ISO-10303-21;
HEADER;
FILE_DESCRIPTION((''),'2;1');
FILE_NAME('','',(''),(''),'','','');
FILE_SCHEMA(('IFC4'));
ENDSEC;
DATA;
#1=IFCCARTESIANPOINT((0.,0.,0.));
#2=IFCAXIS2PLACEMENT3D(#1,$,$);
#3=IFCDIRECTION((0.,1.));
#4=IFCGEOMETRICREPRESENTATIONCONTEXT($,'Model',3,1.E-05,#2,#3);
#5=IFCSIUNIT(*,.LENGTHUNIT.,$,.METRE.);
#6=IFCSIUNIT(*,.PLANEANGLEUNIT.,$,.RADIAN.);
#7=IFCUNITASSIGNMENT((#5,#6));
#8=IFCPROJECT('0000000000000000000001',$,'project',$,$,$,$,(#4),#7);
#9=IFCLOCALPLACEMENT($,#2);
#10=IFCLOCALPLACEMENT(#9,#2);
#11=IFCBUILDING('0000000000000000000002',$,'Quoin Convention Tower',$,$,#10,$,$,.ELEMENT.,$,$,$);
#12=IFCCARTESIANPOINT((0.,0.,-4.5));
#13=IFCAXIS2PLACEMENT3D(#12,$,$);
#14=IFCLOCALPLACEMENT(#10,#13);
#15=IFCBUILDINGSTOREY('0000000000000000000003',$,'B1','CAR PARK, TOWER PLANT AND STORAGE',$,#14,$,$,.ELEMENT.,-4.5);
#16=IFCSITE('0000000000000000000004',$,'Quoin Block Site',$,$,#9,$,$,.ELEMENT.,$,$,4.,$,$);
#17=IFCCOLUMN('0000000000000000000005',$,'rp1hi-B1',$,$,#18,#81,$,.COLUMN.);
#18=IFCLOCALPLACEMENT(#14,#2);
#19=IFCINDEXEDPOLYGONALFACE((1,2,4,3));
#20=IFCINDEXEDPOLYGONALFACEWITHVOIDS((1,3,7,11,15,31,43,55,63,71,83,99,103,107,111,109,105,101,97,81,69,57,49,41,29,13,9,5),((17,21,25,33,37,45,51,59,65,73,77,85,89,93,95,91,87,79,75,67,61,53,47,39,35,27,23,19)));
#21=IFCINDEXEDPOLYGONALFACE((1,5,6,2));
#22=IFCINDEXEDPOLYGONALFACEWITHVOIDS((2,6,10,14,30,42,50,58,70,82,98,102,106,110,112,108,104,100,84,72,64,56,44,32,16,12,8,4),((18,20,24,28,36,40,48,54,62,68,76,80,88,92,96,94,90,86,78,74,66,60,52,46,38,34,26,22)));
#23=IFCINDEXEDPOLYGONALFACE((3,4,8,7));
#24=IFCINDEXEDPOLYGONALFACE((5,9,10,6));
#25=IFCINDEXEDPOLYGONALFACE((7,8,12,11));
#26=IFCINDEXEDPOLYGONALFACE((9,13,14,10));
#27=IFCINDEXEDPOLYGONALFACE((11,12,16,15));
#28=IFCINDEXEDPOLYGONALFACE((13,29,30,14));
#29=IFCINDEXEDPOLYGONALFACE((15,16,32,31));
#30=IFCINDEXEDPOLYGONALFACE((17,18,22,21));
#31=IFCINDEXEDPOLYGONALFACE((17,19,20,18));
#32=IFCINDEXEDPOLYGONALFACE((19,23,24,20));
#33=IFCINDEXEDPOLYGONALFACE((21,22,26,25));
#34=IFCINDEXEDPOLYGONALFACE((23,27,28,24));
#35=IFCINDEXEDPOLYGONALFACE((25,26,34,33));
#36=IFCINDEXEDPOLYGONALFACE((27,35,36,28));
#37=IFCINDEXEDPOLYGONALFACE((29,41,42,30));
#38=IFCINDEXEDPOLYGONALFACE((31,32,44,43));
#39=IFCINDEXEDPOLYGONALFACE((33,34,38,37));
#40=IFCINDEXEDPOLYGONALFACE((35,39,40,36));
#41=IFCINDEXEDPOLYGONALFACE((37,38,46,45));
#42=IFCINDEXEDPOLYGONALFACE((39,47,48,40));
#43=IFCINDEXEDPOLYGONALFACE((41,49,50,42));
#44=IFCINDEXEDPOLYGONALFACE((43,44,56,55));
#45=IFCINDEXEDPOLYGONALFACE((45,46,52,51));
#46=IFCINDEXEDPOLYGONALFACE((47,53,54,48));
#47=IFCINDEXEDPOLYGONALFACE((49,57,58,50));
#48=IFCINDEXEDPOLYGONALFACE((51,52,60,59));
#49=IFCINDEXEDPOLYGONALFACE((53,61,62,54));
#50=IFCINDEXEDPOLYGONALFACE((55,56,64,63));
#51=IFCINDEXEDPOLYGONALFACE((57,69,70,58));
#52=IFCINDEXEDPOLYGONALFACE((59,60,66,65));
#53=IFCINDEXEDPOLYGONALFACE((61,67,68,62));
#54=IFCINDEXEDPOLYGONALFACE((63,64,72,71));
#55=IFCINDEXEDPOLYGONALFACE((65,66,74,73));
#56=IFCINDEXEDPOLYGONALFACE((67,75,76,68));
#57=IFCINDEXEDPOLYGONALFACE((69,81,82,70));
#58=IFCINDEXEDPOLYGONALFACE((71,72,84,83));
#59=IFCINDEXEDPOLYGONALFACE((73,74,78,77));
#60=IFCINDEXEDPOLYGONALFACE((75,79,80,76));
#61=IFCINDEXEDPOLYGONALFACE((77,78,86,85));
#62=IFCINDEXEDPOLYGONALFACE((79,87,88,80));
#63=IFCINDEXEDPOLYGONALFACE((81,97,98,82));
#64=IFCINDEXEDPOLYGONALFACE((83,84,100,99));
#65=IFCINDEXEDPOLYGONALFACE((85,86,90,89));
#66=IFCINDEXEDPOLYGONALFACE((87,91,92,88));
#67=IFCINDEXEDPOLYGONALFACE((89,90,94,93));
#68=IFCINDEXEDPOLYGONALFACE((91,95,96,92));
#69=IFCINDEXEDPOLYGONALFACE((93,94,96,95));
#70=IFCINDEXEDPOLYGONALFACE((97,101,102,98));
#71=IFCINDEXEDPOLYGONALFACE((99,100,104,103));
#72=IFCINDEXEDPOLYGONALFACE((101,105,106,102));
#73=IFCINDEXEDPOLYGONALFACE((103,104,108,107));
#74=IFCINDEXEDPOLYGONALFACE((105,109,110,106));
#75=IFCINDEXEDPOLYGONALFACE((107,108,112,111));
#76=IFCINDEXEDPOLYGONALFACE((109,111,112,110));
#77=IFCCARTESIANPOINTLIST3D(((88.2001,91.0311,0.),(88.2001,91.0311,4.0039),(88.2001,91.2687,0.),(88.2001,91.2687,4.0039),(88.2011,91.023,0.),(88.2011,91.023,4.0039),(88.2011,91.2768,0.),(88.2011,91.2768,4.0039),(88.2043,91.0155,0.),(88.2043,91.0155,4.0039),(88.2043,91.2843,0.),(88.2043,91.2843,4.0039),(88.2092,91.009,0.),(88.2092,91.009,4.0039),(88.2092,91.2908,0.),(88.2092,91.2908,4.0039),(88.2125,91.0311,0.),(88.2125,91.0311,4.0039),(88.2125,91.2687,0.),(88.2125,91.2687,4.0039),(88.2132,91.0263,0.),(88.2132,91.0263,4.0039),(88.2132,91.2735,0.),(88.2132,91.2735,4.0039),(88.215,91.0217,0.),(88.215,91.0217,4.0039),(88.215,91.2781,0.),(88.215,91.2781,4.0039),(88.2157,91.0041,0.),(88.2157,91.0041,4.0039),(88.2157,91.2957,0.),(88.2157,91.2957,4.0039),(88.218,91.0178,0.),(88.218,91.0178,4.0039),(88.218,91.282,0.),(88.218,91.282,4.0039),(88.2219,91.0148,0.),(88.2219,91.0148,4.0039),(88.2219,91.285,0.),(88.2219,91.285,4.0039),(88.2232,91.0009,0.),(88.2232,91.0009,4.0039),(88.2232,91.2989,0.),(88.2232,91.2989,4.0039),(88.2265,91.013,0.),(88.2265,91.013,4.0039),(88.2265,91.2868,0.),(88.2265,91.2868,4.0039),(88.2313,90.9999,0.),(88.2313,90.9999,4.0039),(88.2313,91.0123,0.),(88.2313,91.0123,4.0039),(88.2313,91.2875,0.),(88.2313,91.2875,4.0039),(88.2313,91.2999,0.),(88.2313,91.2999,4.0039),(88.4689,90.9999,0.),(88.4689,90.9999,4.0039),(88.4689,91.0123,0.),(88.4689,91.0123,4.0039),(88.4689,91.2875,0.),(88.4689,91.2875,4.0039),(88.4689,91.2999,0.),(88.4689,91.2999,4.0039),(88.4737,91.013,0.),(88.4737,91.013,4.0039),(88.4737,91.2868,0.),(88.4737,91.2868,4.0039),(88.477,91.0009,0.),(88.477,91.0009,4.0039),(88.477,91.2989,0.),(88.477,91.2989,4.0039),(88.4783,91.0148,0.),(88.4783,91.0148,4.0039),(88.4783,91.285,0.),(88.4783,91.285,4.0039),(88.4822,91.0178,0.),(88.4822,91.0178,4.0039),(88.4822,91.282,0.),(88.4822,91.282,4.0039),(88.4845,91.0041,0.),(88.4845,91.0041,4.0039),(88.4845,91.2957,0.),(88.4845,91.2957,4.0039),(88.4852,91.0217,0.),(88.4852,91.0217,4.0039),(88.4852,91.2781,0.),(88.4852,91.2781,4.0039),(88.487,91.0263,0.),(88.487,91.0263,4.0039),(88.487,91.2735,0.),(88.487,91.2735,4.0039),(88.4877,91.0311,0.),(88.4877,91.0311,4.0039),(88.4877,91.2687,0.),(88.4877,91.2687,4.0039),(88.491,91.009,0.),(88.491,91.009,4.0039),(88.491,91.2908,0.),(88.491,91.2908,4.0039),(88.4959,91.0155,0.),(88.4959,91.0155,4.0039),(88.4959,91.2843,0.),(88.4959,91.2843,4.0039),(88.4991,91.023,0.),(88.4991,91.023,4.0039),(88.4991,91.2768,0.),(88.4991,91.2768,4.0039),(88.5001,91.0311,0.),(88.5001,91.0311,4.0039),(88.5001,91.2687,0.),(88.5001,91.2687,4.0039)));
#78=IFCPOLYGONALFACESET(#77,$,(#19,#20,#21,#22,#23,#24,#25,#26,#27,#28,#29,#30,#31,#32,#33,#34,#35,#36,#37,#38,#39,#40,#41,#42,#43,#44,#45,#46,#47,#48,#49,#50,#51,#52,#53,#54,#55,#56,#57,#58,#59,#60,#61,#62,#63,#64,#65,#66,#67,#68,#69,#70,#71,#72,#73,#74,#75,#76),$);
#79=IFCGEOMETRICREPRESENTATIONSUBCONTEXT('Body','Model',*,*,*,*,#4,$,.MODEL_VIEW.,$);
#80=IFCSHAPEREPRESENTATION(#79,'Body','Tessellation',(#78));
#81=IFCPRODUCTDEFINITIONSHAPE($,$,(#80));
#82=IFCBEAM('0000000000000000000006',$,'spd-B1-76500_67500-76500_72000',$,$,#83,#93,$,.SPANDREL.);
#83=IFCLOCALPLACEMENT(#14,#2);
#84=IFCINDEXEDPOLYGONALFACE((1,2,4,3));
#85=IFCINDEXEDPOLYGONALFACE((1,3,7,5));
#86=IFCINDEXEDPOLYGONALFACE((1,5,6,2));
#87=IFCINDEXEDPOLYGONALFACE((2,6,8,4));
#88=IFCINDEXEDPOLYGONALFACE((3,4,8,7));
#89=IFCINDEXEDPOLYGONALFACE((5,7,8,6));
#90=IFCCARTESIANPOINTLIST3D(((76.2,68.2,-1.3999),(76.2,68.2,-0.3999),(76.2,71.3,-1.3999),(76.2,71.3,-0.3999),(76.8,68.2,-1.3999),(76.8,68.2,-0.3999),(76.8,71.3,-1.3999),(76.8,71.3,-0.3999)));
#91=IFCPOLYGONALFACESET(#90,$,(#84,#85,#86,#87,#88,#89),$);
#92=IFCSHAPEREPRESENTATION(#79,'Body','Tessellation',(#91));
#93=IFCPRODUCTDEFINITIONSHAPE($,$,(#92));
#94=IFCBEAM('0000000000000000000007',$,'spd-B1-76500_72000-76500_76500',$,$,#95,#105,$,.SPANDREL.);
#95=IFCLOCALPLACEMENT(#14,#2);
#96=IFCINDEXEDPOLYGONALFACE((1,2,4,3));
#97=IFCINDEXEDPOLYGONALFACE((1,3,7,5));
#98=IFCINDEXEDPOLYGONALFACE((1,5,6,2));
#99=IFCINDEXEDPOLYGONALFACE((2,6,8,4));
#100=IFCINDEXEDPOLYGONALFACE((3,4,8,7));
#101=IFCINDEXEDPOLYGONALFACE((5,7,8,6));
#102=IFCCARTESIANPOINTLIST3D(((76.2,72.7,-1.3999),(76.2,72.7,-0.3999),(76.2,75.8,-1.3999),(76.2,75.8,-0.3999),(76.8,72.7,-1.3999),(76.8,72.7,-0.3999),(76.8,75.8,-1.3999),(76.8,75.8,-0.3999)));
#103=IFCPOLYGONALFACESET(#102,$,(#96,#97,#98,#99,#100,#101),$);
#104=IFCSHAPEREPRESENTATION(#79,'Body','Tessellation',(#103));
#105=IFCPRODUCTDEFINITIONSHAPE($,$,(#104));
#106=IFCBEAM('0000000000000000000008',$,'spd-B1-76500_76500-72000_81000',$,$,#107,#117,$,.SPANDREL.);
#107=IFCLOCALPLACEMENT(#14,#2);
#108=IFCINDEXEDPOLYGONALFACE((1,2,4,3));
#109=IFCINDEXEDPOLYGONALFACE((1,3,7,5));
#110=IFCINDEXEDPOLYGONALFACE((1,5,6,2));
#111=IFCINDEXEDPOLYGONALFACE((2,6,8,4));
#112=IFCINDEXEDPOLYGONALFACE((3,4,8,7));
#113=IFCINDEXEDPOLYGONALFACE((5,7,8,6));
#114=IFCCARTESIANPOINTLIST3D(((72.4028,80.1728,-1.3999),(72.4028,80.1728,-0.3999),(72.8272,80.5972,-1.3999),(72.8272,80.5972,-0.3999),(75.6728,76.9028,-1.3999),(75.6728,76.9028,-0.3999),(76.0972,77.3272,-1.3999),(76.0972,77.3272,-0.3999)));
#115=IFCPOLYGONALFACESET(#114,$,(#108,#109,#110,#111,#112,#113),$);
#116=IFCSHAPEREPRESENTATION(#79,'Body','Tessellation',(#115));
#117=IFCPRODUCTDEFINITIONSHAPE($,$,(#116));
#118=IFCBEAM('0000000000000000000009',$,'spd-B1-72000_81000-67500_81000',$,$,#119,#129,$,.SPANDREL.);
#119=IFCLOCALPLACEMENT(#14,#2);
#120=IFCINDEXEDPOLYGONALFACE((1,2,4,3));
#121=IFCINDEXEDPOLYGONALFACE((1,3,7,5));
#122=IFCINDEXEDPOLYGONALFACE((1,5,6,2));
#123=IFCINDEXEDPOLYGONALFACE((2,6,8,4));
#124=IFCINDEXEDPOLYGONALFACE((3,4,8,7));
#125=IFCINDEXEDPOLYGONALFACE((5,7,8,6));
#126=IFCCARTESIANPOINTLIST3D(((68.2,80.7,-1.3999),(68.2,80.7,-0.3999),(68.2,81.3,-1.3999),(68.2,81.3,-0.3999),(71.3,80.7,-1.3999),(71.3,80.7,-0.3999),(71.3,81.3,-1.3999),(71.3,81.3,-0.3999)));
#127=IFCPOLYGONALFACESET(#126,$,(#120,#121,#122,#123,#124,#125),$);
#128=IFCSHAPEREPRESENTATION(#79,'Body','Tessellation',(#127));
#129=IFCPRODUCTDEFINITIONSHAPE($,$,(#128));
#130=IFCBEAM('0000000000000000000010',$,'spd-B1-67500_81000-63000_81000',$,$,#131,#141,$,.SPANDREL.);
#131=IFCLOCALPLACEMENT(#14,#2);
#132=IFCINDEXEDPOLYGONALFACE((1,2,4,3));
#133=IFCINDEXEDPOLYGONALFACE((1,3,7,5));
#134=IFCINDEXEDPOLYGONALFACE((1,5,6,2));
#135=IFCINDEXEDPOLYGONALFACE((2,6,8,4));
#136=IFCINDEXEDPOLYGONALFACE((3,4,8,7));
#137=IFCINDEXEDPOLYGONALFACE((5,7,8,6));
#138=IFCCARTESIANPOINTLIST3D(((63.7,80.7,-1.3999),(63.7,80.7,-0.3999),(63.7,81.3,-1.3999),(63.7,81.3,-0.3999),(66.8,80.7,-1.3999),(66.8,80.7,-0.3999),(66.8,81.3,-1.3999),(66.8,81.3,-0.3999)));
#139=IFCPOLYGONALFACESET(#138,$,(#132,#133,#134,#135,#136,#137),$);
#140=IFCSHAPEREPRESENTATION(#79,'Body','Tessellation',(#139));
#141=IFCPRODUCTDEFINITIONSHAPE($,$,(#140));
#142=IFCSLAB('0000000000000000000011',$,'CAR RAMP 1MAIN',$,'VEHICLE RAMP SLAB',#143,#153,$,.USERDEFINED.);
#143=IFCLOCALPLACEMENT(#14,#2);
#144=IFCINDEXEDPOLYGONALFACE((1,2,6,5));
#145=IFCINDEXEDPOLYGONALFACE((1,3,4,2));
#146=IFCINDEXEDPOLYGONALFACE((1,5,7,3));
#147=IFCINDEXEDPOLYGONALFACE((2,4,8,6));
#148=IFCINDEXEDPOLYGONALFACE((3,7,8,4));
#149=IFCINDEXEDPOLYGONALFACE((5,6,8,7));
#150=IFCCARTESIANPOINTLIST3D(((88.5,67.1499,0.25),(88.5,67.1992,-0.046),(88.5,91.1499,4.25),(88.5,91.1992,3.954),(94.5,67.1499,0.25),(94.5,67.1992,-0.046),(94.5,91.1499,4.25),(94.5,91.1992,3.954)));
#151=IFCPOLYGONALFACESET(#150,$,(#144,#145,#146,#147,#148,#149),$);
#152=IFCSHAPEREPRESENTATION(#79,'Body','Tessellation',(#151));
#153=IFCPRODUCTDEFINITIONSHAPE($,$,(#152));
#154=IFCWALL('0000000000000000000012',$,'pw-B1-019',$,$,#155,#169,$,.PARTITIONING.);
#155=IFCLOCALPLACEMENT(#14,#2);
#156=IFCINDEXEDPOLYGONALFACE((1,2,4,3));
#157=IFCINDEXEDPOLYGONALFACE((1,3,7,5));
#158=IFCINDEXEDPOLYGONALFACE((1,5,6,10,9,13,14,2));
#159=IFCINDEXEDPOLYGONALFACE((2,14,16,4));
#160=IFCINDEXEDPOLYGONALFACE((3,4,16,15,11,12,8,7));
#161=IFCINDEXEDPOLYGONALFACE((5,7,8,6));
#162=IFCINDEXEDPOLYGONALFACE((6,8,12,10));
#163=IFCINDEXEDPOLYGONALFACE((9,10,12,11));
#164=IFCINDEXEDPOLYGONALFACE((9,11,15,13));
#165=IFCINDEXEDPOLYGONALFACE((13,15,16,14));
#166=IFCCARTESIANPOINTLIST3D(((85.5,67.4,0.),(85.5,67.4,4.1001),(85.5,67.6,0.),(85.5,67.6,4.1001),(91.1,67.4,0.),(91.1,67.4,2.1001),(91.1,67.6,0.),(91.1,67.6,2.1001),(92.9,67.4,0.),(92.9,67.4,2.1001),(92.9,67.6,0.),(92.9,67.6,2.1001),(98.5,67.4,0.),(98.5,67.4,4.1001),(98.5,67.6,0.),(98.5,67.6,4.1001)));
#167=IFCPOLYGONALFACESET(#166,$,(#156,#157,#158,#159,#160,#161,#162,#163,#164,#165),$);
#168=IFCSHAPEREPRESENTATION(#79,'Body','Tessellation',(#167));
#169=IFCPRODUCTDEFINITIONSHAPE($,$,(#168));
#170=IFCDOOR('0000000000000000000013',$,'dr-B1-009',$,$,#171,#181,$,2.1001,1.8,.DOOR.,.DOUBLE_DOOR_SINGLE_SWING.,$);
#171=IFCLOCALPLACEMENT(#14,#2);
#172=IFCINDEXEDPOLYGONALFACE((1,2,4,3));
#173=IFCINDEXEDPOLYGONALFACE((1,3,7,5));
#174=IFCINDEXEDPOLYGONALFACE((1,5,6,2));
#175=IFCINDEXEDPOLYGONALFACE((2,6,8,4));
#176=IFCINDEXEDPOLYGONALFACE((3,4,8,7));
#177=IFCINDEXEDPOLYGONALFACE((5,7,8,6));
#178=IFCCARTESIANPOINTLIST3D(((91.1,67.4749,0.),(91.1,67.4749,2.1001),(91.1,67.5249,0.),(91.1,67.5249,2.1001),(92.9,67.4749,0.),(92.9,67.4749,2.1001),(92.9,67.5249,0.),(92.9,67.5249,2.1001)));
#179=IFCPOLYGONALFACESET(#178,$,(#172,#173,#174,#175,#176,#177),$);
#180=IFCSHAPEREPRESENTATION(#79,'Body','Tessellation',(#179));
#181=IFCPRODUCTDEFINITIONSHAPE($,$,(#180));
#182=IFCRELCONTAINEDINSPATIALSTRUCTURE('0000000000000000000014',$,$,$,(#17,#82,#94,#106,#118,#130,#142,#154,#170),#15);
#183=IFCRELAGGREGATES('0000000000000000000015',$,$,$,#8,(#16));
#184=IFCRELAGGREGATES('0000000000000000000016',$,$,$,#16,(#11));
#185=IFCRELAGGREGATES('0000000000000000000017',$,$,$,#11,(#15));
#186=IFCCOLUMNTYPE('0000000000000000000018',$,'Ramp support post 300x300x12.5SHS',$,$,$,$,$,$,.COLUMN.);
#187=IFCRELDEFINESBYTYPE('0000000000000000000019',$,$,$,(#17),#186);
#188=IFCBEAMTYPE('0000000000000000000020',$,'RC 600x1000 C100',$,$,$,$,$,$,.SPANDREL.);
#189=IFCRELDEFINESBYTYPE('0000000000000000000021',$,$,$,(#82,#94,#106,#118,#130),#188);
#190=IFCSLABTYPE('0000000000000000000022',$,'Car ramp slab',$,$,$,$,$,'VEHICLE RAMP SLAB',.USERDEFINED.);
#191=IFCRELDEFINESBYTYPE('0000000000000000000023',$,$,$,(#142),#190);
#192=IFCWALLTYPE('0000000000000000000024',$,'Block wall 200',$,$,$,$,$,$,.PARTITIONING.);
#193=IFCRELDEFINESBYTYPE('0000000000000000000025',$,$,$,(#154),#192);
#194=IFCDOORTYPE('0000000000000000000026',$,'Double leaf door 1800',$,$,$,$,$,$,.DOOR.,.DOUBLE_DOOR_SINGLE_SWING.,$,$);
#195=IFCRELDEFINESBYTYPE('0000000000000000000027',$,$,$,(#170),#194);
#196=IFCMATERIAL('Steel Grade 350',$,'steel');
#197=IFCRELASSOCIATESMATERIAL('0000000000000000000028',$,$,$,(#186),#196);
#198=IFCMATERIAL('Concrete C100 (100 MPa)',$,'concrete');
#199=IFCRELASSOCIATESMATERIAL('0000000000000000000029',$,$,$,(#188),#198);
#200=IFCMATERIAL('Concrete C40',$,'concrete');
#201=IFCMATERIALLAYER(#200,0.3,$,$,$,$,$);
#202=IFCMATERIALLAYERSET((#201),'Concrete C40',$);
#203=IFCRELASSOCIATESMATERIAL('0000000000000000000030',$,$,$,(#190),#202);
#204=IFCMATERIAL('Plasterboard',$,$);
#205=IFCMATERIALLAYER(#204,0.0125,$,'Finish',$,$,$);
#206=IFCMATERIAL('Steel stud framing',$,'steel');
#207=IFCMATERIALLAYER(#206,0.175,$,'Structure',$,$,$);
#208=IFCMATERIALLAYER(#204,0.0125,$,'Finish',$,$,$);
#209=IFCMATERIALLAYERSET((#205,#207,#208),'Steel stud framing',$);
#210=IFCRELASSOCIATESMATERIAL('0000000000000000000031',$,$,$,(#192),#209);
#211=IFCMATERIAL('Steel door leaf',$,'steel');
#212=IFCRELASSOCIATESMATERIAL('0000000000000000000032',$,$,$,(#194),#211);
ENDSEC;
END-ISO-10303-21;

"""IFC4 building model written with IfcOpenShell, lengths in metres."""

from ifc_helpers import new_model, si_unit, direction, frame, frame_2d, origin, origin_2d, place, context, subcontext, project, spatial, polyline, rectangle, hollow_rectangle, outline, extrude, material, layer, layer_set, material_profile, profile_set, type_object, element, fill, save


model = new_model("IFC4")

# Units and contexts
model_context = context("Model", 3, precision=1e-05, world=origin(), true_north=direction((0.0, 1.0)))
body_context = subcontext(model_context, "Body", "Model", "MODEL_VIEW")
ifc_project = project(units=[si_unit("LENGTHUNIT", "METRE"), si_unit("PLANEANGLEUNIT", "RADIAN")], contexts=[model_context])

# Site, building, storey
site_placement = place(None, origin())
site = spatial("IfcSite", under=ifc_project, at=site_placement, Name="Quoin Block Site", CompositionType="ELEMENT", RefElevation=4.0)
building_placement = place(site_placement, origin())
building = spatial("IfcBuilding", under=site, at=building_placement, Name="Quoin Convention Tower", CompositionType="ELEMENT")
storey_placement = place(building_placement, frame((0.0, 0.0, -4.5)))
storey = spatial("IfcBuildingStorey", under=building, at=storey_placement, Name="B1", Description="CAR PARK, TOWER PLANT AND STORAGE", CompositionType="ELEMENT", Elevation=-4.5)

# Column
ifc_material_1 = material(Name="Concrete C100 (100 MPa)", Category="concrete")
ifc_material_2 = material(Name="Steel Grade 350", Category="steel")
ifc_material_profile_1 = material_profile(ifc_material_2, hollow_rectangle(XDim=0.3, YDim=0.3, WallThickness=0.0125, InnerFilletRadius=0.0188, OuterFilletRadius=0.0312, at=origin_2d()), Name="300x300x12.5SHS")
ifc_profile_set_1 = profile_set([ifc_material_profile_1], Name="Steel Grade 350")
column_type_1 = type_object("IfcColumnType", Name="Ramp support post 300x300x12.5SHS", PredefinedType="COLUMN", material=ifc_profile_set_1)
column_placement = place(storey_placement, frame((88.3501, 91.1499, 0.0), z_axis=(0.0, 0.0, 1.0), x_axis=(1.0, 0.0, 0.0)))
element("IfcColumn", 1, at=column_placement, inside=storey, type_object=column_type_1, Name="rp1hi-B1", PredefinedType="COLUMN", context=body_context, shape_type="SweptSolid", body=[
    extrude(hollow_rectangle(XDim=0.3, YDim=0.3, WallThickness=0.0125, InnerFilletRadius=0.0188, OuterFilletRadius=0.0312, at=origin_2d()), origin(), (0.0, 0.0, 1.0), 4.0039),
])

# Beams
ifc_material_profile_2 = material_profile(ifc_material_1, rectangle(XDim=0.6001, YDim=1.0, at=origin_2d()), Name="RC 600x1000")
ifc_profile_set_2 = profile_set([ifc_material_profile_2], Name="Concrete C100 (100 MPa)")
beam_type = type_object("IfcBeamType", Name="RC 600x1000 C100", PredefinedType="SPANDREL", material=ifc_profile_set_2)
for number, where, z_axis, x_axis, name in (
    (2, (76.5, 68.2, -0.8999), (0.0, 1.0, 0.0), (-1.0, 0.0, 0.0), "spd-B1-76500_67500-76500_72000"),
    (3, (76.5, 72.7, -0.8999), (0.0, 1.0, 0.0), (-1.0, 0.0, 0.0), "spd-B1-76500_72000-76500_76500"),
):
    element("IfcBeam", number, at=place(storey_placement, frame(where, z_axis=z_axis, x_axis=x_axis)), inside=storey, type_object=beam_type, Name=name, PredefinedType="SPANDREL", context=body_context, shape_type="SweptSolid", body=[
        extrude(rectangle(XDim=0.6001, YDim=1.0, at=origin_2d()), origin(), (0.0, 0.0, 1.0), 3.1001),
    ])
beam_placement = place(storey_placement, frame((75.885, 77.115, -0.8999), z_axis=(-0.707107, 0.707107, 0.0), x_axis=(-0.707107, -0.707107, 0.0)))
element("IfcBeam", 4, at=beam_placement, inside=storey, type_object=beam_type, Name="spd-B1-76500_76500-72000_81000", PredefinedType="SPANDREL", context=body_context, shape_type="SweptSolid", body=[
    extrude(rectangle(XDim=0.6001, YDim=1.0, at=origin_2d()), origin(), (0.0, 0.0, 1.0), 4.6245),
])
for number, where, z_axis, x_axis, name in (
    (5, (71.3, 81.0, -0.8999), (-1.0, 0.0, 0.0), (0.0, -1.0, 0.0), "spd-B1-72000_81000-67500_81000"),
    (6, (66.8, 81.0, -0.8999), (-1.0, 0.0, 0.0), (0.0, -1.0, 0.0), "spd-B1-67500_81000-63000_81000"),
):
    element("IfcBeam", number, at=place(storey_placement, frame(where, z_axis=z_axis, x_axis=x_axis)), inside=storey, type_object=beam_type, Name=name, PredefinedType="SPANDREL", context=body_context, shape_type="SweptSolid", body=[
        extrude(rectangle(XDim=0.6001, YDim=1.0, at=origin_2d()), origin(), (0.0, 0.0, 1.0), 3.1001),
    ])

# Slab
ifc_material_3 = material(Name="Concrete C40", Category="concrete")
ifc_layer_1 = layer(ifc_material_3, 0.3)
ifc_layer_set_1 = layer_set([ifc_layer_1], Name="Concrete C40")
slab_type = type_object("IfcSlabType", Name="Car ramp slab", ElementType="VEHICLE RAMP SLAB", PredefinedType="USERDEFINED", material=ifc_layer_set_1)
slab_placement = place(storey_placement, frame((88.5, 91.1499, 4.25), z_axis=(0.0, -0.164399, 0.986394), x_axis=(1.0, 0.0, 0.0)))
element("IfcSlab", 7, at=slab_placement, inside=storey, type_object=slab_type, Name="CAR RAMP 1MAIN", ObjectType="VEHICLE RAMP SLAB", PredefinedType="USERDEFINED", context=body_context, shape_type="SweptSolid", body=[
    extrude(outline(polyline([(0.0, 0.0), (6.0, 0.0), (6.0, -24.3311), (0.0, -24.3311), (0.0, 0.0)])), origin(), (0.0, 0.0, -1.0), 0.3),
])

# Wall, opening, door
ifc_material_4 = material(Name="Plasterboard")
ifc_layer_2 = layer(ifc_material_4, 0.0125, Name="Finish")
ifc_material_5 = material(Name="Steel stud framing", Category="steel")
ifc_layer_3 = layer(ifc_material_5, 0.175, Name="Structure")
ifc_layer_4 = layer(ifc_material_4, 0.0125, Name="Finish")
ifc_layer_set_2 = layer_set([ifc_layer_2, ifc_layer_3, ifc_layer_4], Name="Steel stud framing")
wall_type_1 = type_object("IfcWallType", Name="Block wall 200", PredefinedType="PARTITIONING", material=ifc_layer_set_2)
wall_1_placement = place(storey_placement, frame((85.5, 67.5, 0.0), z_axis=(0.0, 0.0, 1.0), x_axis=(1.0, 0.0, 0.0)))
wall_1 = element("IfcWall", 8, at=wall_1_placement, inside=storey, type_object=wall_type_1, Name="pw-B1-019", PredefinedType="PARTITIONING", context=body_context, shape_type="SweptSolid", body=[
    extrude(rectangle(XDim=13.0, YDim=0.2, at=frame_2d((6.5, 0.0))), origin(), (0.0, 0.0, 1.0), 4.1001),
])
opening_1_placement = place(wall_1_placement, frame((5.6001, 0.0, 0.0)))
opening_1 = element("IfcOpeningElement", 9, at=opening_1_placement, cuts=wall_1, PredefinedType="OPENING", context=body_context, shape_type="SweptSolid", body=[
    extrude(rectangle(XDim=1.8, YDim=2.1001, at=frame_2d((0.8999, 1.05))), frame((0.0, 0.1099, 0.0), z_axis=(0.0, -1.0, 0.0), x_axis=(1.0, 0.0, 0.0)), (0.0, 0.0, 1.0), 0.22),
])
ifc_material_6 = material(Name="Steel door leaf", Category="steel")
door_type_1 = type_object("IfcDoorType", Name="Double leaf door 1800", OperationType="DOUBLE_DOOR_SINGLE_SWING", PredefinedType="DOOR", material=ifc_material_6)
door_1_placement = place(opening_1_placement, origin())
door_1 = element("IfcDoor", 10, at=door_1_placement, inside=storey, type_object=door_type_1, Name="dr-B1-009", OperationType="DOUBLE_DOOR_SINGLE_SWING", OverallHeight=2.1001, OverallWidth=1.8, PredefinedType="DOOR", context=body_context, shape_type="SweptSolid", body=[
    extrude(rectangle(XDim=1.8, YDim=2.1001, at=frame_2d((0.8999, 1.05))), frame((0.0, 0.0249, 0.0), z_axis=(0.0, -1.0, 0.0), x_axis=(1.0, 0.0, 0.0)), (0.0, 0.0, 1.0), 0.05),
])
fill(opening_1, door_1)

save(model, "model.ifc")
